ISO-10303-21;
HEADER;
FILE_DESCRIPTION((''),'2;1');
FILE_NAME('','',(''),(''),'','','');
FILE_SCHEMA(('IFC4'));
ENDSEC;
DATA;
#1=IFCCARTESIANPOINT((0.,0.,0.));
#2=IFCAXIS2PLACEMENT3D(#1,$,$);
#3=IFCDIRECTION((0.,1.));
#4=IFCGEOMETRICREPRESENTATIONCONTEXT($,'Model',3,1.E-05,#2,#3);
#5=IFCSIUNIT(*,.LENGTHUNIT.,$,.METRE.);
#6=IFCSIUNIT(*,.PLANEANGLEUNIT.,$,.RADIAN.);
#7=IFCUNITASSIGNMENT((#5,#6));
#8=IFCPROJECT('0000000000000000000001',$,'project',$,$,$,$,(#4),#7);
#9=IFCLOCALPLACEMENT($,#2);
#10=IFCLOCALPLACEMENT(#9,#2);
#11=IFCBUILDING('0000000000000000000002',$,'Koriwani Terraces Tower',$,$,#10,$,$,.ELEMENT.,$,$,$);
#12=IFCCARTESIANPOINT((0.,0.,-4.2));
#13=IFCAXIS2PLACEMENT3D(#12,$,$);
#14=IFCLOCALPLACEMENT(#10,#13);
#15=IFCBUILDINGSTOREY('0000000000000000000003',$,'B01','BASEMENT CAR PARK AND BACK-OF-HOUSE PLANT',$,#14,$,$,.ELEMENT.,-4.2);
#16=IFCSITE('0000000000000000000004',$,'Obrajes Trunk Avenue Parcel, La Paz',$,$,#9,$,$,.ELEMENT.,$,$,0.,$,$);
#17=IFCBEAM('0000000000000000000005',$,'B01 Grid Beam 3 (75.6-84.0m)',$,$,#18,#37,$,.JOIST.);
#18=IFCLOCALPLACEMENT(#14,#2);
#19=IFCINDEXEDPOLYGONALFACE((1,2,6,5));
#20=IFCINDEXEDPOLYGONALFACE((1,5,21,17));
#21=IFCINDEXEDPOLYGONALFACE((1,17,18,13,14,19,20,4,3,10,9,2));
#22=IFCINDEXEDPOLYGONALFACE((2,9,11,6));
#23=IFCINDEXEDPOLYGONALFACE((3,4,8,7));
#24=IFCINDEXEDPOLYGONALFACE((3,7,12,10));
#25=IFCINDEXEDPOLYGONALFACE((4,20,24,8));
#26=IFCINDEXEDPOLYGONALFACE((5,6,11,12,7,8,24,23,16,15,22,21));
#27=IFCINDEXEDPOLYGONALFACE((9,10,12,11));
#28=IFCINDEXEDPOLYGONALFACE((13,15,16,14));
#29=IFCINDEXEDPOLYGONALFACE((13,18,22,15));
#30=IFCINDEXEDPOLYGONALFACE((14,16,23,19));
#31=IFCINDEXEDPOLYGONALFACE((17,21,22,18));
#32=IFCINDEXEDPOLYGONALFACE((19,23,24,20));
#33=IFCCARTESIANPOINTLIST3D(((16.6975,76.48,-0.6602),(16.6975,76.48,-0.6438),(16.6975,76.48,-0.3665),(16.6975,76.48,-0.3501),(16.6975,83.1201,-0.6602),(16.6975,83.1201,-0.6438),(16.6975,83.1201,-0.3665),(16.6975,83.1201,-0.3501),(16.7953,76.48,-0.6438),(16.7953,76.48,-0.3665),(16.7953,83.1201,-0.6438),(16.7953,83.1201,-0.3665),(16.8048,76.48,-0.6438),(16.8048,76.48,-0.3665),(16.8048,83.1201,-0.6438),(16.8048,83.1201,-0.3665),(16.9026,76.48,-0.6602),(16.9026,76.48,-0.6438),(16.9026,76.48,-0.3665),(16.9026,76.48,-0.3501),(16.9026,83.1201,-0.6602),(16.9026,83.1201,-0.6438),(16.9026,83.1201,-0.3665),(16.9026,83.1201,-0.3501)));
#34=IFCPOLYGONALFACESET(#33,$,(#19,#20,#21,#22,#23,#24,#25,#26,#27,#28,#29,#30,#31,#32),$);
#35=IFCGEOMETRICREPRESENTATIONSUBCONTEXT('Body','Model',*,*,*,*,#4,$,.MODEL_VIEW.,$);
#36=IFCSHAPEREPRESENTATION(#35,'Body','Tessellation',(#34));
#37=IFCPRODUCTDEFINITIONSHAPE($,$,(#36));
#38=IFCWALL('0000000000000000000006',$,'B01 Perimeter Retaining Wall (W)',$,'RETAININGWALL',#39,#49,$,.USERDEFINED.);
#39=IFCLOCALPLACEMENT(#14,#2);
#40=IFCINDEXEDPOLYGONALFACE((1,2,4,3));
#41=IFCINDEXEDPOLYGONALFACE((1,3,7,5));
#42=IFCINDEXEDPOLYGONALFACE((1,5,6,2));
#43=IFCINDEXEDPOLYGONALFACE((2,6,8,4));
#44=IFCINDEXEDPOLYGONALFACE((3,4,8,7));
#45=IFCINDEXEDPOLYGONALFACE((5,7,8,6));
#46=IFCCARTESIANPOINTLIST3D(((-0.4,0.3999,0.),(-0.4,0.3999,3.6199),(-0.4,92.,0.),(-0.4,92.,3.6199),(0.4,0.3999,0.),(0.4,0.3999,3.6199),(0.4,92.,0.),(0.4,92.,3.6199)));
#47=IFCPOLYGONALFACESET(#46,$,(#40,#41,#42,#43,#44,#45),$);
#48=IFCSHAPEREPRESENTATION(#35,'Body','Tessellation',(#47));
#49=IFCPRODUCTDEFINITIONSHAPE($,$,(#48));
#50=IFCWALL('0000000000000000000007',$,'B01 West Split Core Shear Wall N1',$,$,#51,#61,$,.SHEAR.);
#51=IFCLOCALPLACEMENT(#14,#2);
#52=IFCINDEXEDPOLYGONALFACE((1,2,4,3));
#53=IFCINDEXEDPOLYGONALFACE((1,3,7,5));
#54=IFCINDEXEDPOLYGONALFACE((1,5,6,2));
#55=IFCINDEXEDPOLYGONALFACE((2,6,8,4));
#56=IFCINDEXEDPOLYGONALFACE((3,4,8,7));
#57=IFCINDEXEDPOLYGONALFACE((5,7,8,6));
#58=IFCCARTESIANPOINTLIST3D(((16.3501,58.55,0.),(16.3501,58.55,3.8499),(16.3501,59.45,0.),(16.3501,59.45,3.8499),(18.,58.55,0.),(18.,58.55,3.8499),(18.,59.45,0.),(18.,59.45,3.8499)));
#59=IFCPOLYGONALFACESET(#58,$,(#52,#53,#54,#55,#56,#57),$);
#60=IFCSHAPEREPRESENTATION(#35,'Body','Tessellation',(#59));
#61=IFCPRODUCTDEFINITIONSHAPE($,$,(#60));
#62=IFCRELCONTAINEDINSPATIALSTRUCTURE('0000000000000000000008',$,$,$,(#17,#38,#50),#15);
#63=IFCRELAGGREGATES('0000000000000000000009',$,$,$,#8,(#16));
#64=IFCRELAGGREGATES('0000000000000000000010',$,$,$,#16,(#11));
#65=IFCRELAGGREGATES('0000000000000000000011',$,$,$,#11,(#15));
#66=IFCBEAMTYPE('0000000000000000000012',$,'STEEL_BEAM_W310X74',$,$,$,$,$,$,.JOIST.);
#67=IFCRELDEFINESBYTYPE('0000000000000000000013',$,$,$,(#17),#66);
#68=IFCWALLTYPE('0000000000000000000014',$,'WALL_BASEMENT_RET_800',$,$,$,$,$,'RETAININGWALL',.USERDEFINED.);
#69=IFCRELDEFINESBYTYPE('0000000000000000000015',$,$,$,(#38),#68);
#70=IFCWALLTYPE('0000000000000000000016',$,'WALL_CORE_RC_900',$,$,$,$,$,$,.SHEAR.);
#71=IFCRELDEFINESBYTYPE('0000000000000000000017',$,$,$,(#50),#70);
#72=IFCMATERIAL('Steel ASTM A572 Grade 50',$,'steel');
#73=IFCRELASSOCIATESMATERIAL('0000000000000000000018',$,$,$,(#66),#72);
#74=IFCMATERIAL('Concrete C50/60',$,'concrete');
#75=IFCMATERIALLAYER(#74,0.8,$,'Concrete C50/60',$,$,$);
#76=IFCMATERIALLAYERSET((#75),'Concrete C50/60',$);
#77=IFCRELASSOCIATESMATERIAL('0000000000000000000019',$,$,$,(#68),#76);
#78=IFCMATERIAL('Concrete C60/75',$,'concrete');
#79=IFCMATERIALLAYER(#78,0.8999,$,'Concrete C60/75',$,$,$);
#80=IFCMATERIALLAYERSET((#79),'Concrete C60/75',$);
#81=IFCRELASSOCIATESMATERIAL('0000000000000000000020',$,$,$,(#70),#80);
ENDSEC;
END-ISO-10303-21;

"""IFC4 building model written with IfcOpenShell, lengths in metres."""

from ifc_helpers import new_model, si_unit, direction, frame, frame_2d, origin, origin_2d, place, context, subcontext, project, spatial, rectangle, i_section, extrude, material, layer, layer_set, material_profile, profile_set, type_object, element, save


model = new_model("IFC4")

# Units and contexts
model_context = context("Model", 3, precision=1e-05, world=origin(), true_north=direction((0.0, 1.0)))
body_context = subcontext(model_context, "Body", "Model", "MODEL_VIEW")
ifc_project = project(units=[si_unit("LENGTHUNIT", "METRE"), si_unit("PLANEANGLEUNIT", "RADIAN")], contexts=[model_context])

# Site, building, storey
site_placement = place(None, origin())
site = spatial("IfcSite", under=ifc_project, at=site_placement, Name="Obrajes Trunk Avenue Parcel, La Paz", CompositionType="ELEMENT", RefElevation=0.0)
building_placement = place(site_placement, origin())
building = spatial("IfcBuilding", under=site, at=building_placement, Name="Koriwani Terraces Tower", CompositionType="ELEMENT")
storey_placement = place(building_placement, frame((0.0, 0.0, -4.2)))
storey = spatial("IfcBuildingStorey", under=building, at=storey_placement, Name="B01", Description="BASEMENT CAR PARK AND BACK-OF-HOUSE PLANT", CompositionType="ELEMENT", Elevation=-4.2)

# Shared definitions
ifc_material_1 = material(Name="Concrete C60/75", Category="concrete")

# Beam
ifc_material_2 = material(Name="Steel ASTM A572 Grade 50", Category="steel")
ifc_material_profile_1 = material_profile(ifc_material_2, i_section(OverallWidth=0.2051, OverallDepth=0.3101, WebThickness=0.0095, FlangeThickness=0.0164, at=origin_2d()), Name="Steel ASTM A572 Grade 50", Category="LoadBearing")
ifc_profile_set_1 = profile_set([ifc_material_profile_1], Name="Steel ASTM A572 Grade 50")
beam_type_1 = type_object("IfcBeamType", Name="STEEL_BEAM_W310X74", PredefinedType="JOIST", material=ifc_profile_set_1)
beam_1_placement = place(storey_placement, frame((16.8, 76.48, -0.5051), z_axis=(0.0, 1.0, 0.0), x_axis=(-1.0, 0.0, 0.0)))
element("IfcBeam", 1, at=beam_1_placement, inside=storey, type_object=beam_type_1, Name="B01 Grid Beam 3 (75.6-84.0m)", PredefinedType="JOIST", context=body_context, shape_type="SweptSolid", body=[
    extrude(i_section(OverallWidth=0.2051, OverallDepth=0.3101, WebThickness=0.0095, FlangeThickness=0.0164, at=origin_2d()), origin(), (0.0, 0.0, 1.0), 6.6401),
])

# Walls
ifc_material_3 = material(Name="Concrete C50/60", Category="concrete")
ifc_layer_1 = layer(ifc_material_3, 0.8, Name="Concrete C50/60")
ifc_layer_set_1 = layer_set([ifc_layer_1], Name="Concrete C50/60")
wall_type_1 = type_object("IfcWallType", Name="WALL_BASEMENT_RET_800", ElementType="RETAININGWALL", PredefinedType="USERDEFINED", material=ifc_layer_set_1)
wall_1_placement = place(storey_placement, frame((0.0, 92.0, 0.0), z_axis=(0.0, 0.0, 1.0), x_axis=(0.0, -1.0, 0.0)))
element("IfcWall", 2, at=wall_1_placement, inside=storey, type_object=wall_type_1, Name="B01 Perimeter Retaining Wall (W)", ObjectType="RETAININGWALL", PredefinedType="USERDEFINED", context=body_context, shape_type="SweptSolid", body=[
    extrude(rectangle(XDim=91.6001, YDim=0.8, at=frame_2d((45.8, 0.0))), origin(), (0.0, 0.0, 1.0), 3.6199),
])
ifc_layer_2 = layer(ifc_material_1, 0.8999, Name="Concrete C60/75")
ifc_layer_set_2 = layer_set([ifc_layer_2], Name="Concrete C60/75")
wall_type_2 = type_object("IfcWallType", Name="WALL_CORE_RC_900", PredefinedType="SHEAR", material=ifc_layer_set_2)
wall_2_placement = place(storey_placement, frame((16.3501, 59.0, 0.0), z_axis=(0.0, 0.0, 1.0), x_axis=(1.0, 0.0, 0.0)))
element("IfcWall", 3, at=wall_2_placement, inside=storey, type_object=wall_type_2, Name="B01 West Split Core Shear Wall N1", PredefinedType="SHEAR", context=body_context, shape_type="SweptSolid", body=[
    extrude(rectangle(XDim=1.6499, YDim=0.8999, at=frame_2d((0.825, 0.0))), origin(), (0.0, 0.0, 1.0), 3.8499),
])

save(model, "model.ifc")
